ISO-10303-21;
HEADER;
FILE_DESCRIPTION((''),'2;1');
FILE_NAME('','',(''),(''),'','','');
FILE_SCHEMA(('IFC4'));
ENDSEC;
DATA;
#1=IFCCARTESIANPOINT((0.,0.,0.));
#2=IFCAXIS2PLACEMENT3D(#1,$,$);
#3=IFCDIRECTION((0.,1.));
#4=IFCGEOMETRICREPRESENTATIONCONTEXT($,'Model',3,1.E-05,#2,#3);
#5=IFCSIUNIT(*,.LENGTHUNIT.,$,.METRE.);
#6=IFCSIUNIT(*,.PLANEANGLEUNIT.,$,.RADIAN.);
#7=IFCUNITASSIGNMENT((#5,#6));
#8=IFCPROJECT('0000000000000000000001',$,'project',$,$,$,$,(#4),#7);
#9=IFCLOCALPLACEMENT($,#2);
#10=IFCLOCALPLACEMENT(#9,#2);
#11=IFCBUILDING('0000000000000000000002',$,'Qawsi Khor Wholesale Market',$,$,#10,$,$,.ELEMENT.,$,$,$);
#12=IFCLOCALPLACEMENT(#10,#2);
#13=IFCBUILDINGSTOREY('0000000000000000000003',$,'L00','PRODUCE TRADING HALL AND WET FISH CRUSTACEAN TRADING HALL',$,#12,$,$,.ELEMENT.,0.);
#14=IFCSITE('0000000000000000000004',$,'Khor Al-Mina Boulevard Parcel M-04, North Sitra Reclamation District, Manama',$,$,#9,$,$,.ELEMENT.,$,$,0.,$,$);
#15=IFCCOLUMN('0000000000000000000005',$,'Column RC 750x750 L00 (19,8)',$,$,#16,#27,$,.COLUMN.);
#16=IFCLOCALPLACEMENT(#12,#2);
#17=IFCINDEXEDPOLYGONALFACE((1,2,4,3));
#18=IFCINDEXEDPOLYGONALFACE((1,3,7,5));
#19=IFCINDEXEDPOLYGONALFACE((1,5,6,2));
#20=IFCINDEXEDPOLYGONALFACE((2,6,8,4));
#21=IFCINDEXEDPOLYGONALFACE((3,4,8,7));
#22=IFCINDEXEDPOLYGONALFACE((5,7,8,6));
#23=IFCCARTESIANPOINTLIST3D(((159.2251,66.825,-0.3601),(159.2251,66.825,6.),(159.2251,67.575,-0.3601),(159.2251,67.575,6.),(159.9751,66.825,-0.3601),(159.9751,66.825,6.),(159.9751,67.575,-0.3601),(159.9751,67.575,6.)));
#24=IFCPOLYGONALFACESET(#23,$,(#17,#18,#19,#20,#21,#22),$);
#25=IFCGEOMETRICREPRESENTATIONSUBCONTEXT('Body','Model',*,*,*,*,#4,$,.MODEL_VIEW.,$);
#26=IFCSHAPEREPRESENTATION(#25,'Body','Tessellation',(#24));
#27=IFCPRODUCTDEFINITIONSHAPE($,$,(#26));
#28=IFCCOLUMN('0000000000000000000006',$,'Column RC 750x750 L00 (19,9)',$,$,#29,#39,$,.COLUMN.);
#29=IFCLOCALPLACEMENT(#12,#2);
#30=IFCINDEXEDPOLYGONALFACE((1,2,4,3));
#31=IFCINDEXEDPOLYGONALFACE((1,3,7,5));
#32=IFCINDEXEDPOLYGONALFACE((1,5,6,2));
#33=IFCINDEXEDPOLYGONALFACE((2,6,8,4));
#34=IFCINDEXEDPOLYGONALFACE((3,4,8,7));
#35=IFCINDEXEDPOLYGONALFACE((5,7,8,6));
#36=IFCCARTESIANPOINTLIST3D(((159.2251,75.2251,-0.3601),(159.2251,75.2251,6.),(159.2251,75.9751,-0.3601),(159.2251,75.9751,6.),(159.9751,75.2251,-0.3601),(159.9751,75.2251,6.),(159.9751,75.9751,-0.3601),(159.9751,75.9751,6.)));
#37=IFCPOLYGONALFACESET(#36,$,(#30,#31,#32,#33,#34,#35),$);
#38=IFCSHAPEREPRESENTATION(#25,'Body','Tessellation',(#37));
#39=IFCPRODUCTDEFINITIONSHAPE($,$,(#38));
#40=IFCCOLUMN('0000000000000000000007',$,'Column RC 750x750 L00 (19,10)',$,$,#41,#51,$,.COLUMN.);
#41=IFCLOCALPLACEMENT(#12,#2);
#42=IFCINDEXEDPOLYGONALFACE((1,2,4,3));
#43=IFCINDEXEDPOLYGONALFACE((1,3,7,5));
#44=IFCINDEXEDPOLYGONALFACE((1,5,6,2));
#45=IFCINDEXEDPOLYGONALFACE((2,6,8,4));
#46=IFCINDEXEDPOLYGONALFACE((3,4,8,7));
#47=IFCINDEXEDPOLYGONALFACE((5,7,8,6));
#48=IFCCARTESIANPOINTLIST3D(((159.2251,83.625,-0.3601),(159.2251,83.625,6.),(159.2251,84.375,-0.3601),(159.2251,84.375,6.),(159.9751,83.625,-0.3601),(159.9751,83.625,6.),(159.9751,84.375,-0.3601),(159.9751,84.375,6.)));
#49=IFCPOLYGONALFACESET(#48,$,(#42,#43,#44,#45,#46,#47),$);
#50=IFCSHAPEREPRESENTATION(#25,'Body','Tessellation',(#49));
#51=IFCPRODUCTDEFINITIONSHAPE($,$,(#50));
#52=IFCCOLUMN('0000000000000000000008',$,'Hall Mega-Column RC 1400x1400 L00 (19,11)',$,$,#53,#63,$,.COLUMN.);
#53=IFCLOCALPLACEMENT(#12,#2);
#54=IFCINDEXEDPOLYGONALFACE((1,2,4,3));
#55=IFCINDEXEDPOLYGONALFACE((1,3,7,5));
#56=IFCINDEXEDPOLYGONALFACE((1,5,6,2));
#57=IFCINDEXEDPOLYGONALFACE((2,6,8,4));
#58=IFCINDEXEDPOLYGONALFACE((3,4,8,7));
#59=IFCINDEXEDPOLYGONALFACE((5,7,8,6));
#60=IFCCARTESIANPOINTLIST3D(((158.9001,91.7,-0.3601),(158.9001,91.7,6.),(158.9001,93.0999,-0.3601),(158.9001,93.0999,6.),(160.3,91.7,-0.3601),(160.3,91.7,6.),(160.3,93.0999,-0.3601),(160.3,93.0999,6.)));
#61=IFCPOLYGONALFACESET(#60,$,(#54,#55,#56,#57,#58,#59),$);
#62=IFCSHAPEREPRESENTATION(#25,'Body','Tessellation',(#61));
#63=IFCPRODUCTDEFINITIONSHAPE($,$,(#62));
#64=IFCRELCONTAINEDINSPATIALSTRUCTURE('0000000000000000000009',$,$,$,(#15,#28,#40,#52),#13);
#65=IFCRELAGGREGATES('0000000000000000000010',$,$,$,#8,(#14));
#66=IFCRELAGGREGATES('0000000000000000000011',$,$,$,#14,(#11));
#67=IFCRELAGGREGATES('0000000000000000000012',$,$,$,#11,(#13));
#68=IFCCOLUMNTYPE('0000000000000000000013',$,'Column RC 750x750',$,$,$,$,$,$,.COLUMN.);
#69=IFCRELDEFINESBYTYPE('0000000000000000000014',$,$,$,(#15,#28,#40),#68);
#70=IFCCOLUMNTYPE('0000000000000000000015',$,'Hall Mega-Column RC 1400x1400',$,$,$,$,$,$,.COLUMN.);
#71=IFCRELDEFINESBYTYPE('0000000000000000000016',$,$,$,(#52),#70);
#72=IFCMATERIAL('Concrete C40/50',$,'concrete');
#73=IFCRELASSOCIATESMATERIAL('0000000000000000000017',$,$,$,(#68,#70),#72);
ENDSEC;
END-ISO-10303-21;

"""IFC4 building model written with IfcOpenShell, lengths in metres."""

from ifc_helpers import new_model, si_unit, direction, frame, origin, origin_2d, place, context, subcontext, project, spatial, rectangle, extrude, material, material_profile, profile_set, type_object, element, save


model = new_model("IFC4")

# Units and contexts
model_context = context("Model", 3, precision=1e-05, world=origin(), true_north=direction((0.0, 1.0)))
body_context = subcontext(model_context, "Body", "Model", "MODEL_VIEW")
ifc_project = project(units=[si_unit("LENGTHUNIT", "METRE"), si_unit("PLANEANGLEUNIT", "RADIAN")], contexts=[model_context])

# Site, building, storey
site_placement = place(None, origin())
site = spatial("IfcSite", under=ifc_project, at=site_placement, Name="Khor Al-Mina Boulevard Parcel M-04, North Sitra Reclamation District, Manama", CompositionType="ELEMENT", RefElevation=0.0)
building_placement = place(site_placement, origin())
building = spatial("IfcBuilding", under=site, at=building_placement, Name="Qawsi Khor Wholesale Market", CompositionType="ELEMENT")
storey_placement = place(building_placement, origin())
storey = spatial("IfcBuildingStorey", under=building, at=storey_placement, Name="L00", Description="PRODUCE TRADING HALL AND WET FISH CRUSTACEAN TRADING HALL", CompositionType="ELEMENT", Elevation=0.0)

# Columns
ifc_material_1 = material(Name="Concrete C40/50", Category="concrete")
ifc_material_profile_1 = material_profile(ifc_material_1, rectangle(XDim=0.75, YDim=0.75, at=origin_2d()), Name="RC 750x750")
ifc_profile_set_1 = profile_set([ifc_material_profile_1], Name="Concrete C40/50")
column_type_1 = type_object("IfcColumnType", Name="Column RC 750x750", PredefinedType="COLUMN", material=ifc_profile_set_1)
for number, where, z_axis, x_axis, name in (
    (1, (159.6001, 67.2, -0.3601), (0.0, 0.0, 1.0), (1.0, 0.0, 0.0), "Column RC 750x750 L00 (19,8)"),
    (2, (159.6001, 75.6001, -0.3601), (0.0, 0.0, 1.0), (1.0, 0.0, 0.0), "Column RC 750x750 L00 (19,9)"),
    (3, (159.6001, 84.0, -0.3601), (0.0, 0.0, 1.0), (1.0, 0.0, 0.0), "Column RC 750x750 L00 (19,10)"),
):
    element("IfcColumn", number, at=place(storey_placement, frame(where, z_axis=z_axis, x_axis=x_axis)), inside=storey, type_object=column_type_1, Name=name, PredefinedType="COLUMN", context=body_context, shape_type="SweptSolid", body=[
        extrude(rectangle(XDim=0.75, YDim=0.75, at=origin_2d()), origin(), (0.0, 0.0, 1.0), 6.3601),
    ])
ifc_material_profile_2 = material_profile(ifc_material_1, rectangle(XDim=1.3999, YDim=1.3999, at=origin_2d()), Name="RC 1400x1400")
ifc_profile_set_2 = profile_set([ifc_material_profile_2], Name="Concrete C40/50")
column_type_2 = type_object("IfcColumnType", Name="Hall Mega-Column RC 1400x1400", PredefinedType="COLUMN", material=ifc_profile_set_2)
column_placement = place(storey_placement, frame((159.6001, 92.3999, -0.3601), z_axis=(0.0, 0.0, 1.0), x_axis=(1.0, 0.0, 0.0)))
element("IfcColumn", 4, at=column_placement, inside=storey, type_object=column_type_2, Name="Hall Mega-Column RC 1400x1400 L00 (19,11)", PredefinedType="COLUMN", context=body_context, shape_type="SweptSolid", body=[
    extrude(rectangle(XDim=1.3999, YDim=1.3999, at=origin_2d()), origin(), (0.0, 0.0, 1.0), 6.3601),
])

save(model, "model.ifc")
